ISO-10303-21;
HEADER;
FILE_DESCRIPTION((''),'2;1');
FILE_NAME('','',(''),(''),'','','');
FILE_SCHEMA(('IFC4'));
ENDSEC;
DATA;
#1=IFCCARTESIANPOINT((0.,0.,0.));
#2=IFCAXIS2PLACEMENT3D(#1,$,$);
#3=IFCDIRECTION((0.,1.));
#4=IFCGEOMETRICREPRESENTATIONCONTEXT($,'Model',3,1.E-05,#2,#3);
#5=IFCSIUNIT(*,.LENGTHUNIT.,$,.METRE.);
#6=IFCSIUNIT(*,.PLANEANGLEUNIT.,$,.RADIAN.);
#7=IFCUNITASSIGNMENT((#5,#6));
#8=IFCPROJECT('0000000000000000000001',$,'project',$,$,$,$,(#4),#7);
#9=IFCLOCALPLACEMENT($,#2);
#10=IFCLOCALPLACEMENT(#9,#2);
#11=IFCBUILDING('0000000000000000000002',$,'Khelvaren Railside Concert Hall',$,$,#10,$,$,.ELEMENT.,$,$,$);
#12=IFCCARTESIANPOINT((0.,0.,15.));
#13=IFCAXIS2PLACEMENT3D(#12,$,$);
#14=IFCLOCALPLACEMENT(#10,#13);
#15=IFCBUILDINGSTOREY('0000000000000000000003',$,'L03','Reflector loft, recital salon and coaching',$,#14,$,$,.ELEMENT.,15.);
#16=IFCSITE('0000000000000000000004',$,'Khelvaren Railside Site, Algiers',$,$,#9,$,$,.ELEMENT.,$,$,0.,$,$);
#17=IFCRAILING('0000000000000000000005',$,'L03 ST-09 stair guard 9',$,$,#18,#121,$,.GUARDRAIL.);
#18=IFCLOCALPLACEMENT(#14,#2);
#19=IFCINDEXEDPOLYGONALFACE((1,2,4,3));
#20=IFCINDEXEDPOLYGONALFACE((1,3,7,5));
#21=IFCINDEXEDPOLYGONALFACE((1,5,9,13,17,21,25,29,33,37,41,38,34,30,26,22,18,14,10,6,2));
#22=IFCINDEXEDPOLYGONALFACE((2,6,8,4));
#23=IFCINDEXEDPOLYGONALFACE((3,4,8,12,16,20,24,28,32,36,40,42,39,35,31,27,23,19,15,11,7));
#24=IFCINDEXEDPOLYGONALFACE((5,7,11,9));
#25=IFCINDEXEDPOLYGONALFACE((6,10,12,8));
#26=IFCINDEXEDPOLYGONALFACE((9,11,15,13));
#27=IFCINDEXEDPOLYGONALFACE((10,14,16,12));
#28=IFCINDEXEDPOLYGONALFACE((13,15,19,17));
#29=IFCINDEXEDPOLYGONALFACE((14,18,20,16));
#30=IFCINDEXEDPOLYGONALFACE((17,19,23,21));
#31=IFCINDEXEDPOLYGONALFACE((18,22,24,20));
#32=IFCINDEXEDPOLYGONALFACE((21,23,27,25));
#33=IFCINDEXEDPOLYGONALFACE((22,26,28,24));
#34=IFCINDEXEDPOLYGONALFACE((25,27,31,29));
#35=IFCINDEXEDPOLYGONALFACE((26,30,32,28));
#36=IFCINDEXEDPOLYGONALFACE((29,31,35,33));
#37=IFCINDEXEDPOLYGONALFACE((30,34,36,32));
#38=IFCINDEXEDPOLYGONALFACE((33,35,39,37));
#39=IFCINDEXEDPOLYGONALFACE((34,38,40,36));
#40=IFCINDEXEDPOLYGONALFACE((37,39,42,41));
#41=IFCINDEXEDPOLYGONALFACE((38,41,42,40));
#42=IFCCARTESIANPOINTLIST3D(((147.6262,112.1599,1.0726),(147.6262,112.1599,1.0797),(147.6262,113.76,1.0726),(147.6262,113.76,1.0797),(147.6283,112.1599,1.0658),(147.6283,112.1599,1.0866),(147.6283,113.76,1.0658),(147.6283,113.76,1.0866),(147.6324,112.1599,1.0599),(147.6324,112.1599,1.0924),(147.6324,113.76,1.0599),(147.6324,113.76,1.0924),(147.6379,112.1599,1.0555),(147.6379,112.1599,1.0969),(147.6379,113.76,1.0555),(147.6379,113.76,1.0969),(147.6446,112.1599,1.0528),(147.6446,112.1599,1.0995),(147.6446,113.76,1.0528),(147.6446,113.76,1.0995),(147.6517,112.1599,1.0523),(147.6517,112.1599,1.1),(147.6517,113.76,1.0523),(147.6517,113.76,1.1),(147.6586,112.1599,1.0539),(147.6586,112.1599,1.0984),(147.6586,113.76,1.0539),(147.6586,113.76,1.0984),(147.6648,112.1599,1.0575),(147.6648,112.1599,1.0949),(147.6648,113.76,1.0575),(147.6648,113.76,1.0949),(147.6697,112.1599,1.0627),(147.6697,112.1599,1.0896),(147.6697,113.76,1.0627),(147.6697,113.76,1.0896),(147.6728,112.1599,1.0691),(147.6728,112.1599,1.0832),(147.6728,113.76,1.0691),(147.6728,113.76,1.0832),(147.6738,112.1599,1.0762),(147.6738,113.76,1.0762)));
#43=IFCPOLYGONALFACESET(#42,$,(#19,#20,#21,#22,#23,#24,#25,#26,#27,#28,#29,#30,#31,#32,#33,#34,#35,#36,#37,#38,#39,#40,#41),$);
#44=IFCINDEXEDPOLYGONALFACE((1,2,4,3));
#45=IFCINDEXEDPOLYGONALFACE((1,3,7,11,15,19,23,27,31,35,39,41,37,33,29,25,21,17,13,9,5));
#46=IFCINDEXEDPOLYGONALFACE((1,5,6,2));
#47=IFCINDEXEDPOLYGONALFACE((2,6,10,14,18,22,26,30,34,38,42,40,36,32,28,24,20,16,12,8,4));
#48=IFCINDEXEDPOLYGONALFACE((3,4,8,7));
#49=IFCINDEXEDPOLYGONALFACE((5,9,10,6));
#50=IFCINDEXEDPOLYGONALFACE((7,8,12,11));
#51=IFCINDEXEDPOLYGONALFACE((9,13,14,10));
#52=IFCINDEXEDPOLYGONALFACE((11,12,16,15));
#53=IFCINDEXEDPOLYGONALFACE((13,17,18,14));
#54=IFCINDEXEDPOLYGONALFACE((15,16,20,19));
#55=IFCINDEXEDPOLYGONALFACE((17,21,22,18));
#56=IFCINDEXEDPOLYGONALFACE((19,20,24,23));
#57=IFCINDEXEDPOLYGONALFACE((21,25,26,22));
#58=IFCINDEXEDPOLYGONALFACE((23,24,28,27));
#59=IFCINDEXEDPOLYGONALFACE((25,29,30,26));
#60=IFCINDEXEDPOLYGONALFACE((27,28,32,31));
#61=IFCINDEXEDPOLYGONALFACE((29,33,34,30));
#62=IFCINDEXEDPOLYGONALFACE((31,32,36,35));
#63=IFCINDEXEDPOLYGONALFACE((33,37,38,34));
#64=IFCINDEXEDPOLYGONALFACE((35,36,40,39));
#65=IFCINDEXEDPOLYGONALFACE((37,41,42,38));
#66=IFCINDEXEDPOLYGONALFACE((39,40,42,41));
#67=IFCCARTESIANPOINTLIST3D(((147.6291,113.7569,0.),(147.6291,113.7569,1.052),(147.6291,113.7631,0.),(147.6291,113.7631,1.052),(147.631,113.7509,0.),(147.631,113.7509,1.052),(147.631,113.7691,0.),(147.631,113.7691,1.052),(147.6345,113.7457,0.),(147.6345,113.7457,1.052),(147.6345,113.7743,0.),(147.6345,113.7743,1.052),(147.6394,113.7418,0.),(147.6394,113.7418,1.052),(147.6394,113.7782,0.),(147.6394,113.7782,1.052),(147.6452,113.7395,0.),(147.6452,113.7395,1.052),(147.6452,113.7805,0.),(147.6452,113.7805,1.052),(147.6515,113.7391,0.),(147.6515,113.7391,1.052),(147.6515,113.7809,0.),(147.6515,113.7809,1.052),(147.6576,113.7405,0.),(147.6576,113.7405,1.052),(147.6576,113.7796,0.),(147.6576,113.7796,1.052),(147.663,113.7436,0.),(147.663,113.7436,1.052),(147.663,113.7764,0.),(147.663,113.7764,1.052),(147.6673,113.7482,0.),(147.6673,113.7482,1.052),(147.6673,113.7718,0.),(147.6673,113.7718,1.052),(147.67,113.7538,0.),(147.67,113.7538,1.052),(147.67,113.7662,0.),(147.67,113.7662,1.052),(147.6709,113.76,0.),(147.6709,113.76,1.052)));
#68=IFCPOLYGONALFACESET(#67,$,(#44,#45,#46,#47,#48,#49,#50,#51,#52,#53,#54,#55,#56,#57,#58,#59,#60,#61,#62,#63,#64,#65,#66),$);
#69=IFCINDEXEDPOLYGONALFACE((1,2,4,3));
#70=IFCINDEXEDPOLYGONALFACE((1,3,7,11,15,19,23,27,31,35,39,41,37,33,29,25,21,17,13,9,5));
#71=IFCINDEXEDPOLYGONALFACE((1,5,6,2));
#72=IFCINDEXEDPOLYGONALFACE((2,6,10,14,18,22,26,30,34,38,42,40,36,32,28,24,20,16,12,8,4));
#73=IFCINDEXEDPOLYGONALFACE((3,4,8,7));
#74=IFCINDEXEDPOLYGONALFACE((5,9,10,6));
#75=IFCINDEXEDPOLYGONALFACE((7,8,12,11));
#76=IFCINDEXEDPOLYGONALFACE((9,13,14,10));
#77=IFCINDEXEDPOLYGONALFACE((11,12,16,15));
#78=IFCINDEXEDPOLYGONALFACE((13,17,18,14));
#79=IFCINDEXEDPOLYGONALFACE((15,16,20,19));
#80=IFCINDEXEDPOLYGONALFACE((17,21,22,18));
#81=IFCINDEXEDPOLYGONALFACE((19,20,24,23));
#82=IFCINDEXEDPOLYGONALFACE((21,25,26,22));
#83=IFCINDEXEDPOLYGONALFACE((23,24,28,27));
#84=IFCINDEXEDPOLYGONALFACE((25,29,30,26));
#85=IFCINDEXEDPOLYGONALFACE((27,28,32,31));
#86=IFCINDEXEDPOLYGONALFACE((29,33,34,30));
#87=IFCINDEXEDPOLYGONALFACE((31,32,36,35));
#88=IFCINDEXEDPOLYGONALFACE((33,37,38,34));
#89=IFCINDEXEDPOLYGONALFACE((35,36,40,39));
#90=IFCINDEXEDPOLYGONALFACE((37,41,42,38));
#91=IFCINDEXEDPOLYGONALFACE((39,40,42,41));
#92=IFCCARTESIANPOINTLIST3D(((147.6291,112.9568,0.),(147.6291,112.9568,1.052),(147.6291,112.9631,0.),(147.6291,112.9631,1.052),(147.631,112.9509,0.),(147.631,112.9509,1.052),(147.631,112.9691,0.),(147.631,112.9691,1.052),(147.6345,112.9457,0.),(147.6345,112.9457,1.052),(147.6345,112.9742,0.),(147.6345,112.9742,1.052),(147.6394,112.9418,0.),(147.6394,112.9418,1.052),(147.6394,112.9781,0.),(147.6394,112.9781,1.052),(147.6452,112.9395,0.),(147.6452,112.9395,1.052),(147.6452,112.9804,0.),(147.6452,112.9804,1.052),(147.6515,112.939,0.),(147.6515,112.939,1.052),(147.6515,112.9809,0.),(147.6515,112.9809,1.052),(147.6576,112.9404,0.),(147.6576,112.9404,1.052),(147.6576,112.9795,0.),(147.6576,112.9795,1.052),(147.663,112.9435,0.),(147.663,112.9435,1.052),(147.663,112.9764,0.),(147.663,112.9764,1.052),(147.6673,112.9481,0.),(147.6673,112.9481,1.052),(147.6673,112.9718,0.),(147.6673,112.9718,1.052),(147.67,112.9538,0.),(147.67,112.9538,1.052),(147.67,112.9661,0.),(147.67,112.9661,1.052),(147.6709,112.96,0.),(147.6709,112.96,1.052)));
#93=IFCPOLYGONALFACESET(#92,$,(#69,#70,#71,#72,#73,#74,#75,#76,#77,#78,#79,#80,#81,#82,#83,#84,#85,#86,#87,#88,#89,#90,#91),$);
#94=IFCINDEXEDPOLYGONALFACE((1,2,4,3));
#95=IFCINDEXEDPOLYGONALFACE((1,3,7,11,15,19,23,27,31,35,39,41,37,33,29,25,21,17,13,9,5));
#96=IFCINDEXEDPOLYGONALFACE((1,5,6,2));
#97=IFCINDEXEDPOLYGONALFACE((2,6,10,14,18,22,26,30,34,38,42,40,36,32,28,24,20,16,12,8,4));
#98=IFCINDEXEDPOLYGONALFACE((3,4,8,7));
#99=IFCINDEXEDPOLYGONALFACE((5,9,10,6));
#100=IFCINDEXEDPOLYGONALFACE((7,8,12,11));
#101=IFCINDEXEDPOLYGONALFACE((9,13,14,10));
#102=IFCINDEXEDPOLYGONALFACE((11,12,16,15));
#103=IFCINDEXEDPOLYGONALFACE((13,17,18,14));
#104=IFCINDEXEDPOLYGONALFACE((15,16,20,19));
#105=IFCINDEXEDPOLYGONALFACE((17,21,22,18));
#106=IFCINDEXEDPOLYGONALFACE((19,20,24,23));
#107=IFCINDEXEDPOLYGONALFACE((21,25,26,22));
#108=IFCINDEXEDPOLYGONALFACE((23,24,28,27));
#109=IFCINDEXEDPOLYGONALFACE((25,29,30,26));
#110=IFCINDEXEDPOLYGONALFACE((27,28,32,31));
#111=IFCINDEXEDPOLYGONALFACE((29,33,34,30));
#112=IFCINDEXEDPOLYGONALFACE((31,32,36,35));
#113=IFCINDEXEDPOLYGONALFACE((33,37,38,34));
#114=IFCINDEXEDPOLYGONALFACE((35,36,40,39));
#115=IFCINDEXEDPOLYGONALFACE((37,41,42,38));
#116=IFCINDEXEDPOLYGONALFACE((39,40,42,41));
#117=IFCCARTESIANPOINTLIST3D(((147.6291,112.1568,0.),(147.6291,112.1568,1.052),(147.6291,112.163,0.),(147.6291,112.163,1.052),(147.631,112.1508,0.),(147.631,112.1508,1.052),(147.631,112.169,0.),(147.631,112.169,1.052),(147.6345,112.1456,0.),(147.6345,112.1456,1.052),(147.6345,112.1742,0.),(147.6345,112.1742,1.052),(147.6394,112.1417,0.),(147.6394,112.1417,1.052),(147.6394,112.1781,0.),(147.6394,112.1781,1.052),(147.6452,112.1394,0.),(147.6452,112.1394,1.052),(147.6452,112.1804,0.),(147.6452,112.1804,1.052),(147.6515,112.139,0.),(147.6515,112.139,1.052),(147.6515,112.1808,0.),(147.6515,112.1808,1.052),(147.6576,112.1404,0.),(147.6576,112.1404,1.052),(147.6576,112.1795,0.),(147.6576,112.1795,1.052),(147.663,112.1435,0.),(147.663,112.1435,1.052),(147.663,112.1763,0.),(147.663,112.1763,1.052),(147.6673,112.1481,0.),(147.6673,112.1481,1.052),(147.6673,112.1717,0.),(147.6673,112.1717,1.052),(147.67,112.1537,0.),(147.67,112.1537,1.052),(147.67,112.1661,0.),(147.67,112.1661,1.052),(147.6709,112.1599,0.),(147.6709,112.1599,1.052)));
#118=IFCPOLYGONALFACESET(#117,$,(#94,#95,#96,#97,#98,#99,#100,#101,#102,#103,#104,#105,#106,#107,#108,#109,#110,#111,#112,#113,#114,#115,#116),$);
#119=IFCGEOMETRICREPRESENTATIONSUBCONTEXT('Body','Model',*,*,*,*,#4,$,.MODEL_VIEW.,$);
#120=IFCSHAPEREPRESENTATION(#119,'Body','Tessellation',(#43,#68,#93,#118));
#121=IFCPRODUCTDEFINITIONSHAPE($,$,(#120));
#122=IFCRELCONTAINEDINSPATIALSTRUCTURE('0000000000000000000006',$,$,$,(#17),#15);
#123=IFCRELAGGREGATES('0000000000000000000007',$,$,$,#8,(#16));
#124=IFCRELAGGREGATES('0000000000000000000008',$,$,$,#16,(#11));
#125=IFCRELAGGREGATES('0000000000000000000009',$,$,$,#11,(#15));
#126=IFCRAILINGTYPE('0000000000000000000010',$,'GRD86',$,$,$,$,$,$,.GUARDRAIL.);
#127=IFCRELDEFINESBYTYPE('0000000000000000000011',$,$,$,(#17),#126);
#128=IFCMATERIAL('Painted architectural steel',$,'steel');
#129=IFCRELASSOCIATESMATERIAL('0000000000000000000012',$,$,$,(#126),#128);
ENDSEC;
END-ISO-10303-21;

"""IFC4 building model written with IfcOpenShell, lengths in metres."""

from ifc_helpers import new_model, si_unit, direction, frame, origin, origin_2d, place, context, subcontext, project, spatial, circle, extrude, material, type_object, element, save


model = new_model("IFC4")

# Units and contexts
model_context = context("Model", 3, precision=1e-05, world=origin(), true_north=direction((0.0, 1.0)))
body_context = subcontext(model_context, "Body", "Model", "MODEL_VIEW")
ifc_project = project(units=[si_unit("LENGTHUNIT", "METRE"), si_unit("PLANEANGLEUNIT", "RADIAN")], contexts=[model_context])

# Site, building, storey
site_placement = place(None, origin())
site = spatial("IfcSite", under=ifc_project, at=site_placement, Name="Khelvaren Railside Site, Algiers", CompositionType="ELEMENT", RefElevation=0.0)
building_placement = place(site_placement, origin())
building = spatial("IfcBuilding", under=site, at=building_placement, Name="Khelvaren Railside Concert Hall", CompositionType="ELEMENT")
storey_placement = place(building_placement, frame((0.0, 0.0, 15.0)))
storey = spatial("IfcBuildingStorey", under=building, at=storey_placement, Name="L03", Description="Reflector loft, recital salon and coaching", CompositionType="ELEMENT", Elevation=15.0)

# Railing
ifc_material_1 = material(Name="Painted architectural steel", Category="steel")
railing_type_1 = type_object("IfcRailingType", Name="GRD86", PredefinedType="GUARDRAIL", material=ifc_material_1)
for number, where, name in (
    (1, (147.6499, 113.76, 0.0), "L03 ST-09 stair guard 9"),
):
    element("IfcRailing", number, at=place(storey_placement, frame(where)), inside=storey, type_object=railing_type_1, Name=name, PredefinedType="GUARDRAIL", context=body_context, shape_type="SweptSolid", body=[
        extrude(circle(Radius=0.0239, at=origin_2d()), frame((0.0, 0.0, 1.0762), z_axis=(0.0, -1.0, 0.0), x_axis=(1.0, 0.0, 0.0)), (0.0, 0.0, 1.0), 1.6001),
        extrude(circle(Radius=0.021, at=origin_2d()), origin(), (0.0, 0.0, 1.0), 1.052),
        extrude(circle(Radius=0.021, at=origin_2d()), frame((0.0, -0.8, 0.0)), (0.0, 0.0, 1.0), 1.052),
        extrude(circle(Radius=0.021, at=origin_2d()), frame((0.0, -1.6001, 0.0)), (0.0, 0.0, 1.0), 1.052),
    ])

save(model, "model.ifc")
